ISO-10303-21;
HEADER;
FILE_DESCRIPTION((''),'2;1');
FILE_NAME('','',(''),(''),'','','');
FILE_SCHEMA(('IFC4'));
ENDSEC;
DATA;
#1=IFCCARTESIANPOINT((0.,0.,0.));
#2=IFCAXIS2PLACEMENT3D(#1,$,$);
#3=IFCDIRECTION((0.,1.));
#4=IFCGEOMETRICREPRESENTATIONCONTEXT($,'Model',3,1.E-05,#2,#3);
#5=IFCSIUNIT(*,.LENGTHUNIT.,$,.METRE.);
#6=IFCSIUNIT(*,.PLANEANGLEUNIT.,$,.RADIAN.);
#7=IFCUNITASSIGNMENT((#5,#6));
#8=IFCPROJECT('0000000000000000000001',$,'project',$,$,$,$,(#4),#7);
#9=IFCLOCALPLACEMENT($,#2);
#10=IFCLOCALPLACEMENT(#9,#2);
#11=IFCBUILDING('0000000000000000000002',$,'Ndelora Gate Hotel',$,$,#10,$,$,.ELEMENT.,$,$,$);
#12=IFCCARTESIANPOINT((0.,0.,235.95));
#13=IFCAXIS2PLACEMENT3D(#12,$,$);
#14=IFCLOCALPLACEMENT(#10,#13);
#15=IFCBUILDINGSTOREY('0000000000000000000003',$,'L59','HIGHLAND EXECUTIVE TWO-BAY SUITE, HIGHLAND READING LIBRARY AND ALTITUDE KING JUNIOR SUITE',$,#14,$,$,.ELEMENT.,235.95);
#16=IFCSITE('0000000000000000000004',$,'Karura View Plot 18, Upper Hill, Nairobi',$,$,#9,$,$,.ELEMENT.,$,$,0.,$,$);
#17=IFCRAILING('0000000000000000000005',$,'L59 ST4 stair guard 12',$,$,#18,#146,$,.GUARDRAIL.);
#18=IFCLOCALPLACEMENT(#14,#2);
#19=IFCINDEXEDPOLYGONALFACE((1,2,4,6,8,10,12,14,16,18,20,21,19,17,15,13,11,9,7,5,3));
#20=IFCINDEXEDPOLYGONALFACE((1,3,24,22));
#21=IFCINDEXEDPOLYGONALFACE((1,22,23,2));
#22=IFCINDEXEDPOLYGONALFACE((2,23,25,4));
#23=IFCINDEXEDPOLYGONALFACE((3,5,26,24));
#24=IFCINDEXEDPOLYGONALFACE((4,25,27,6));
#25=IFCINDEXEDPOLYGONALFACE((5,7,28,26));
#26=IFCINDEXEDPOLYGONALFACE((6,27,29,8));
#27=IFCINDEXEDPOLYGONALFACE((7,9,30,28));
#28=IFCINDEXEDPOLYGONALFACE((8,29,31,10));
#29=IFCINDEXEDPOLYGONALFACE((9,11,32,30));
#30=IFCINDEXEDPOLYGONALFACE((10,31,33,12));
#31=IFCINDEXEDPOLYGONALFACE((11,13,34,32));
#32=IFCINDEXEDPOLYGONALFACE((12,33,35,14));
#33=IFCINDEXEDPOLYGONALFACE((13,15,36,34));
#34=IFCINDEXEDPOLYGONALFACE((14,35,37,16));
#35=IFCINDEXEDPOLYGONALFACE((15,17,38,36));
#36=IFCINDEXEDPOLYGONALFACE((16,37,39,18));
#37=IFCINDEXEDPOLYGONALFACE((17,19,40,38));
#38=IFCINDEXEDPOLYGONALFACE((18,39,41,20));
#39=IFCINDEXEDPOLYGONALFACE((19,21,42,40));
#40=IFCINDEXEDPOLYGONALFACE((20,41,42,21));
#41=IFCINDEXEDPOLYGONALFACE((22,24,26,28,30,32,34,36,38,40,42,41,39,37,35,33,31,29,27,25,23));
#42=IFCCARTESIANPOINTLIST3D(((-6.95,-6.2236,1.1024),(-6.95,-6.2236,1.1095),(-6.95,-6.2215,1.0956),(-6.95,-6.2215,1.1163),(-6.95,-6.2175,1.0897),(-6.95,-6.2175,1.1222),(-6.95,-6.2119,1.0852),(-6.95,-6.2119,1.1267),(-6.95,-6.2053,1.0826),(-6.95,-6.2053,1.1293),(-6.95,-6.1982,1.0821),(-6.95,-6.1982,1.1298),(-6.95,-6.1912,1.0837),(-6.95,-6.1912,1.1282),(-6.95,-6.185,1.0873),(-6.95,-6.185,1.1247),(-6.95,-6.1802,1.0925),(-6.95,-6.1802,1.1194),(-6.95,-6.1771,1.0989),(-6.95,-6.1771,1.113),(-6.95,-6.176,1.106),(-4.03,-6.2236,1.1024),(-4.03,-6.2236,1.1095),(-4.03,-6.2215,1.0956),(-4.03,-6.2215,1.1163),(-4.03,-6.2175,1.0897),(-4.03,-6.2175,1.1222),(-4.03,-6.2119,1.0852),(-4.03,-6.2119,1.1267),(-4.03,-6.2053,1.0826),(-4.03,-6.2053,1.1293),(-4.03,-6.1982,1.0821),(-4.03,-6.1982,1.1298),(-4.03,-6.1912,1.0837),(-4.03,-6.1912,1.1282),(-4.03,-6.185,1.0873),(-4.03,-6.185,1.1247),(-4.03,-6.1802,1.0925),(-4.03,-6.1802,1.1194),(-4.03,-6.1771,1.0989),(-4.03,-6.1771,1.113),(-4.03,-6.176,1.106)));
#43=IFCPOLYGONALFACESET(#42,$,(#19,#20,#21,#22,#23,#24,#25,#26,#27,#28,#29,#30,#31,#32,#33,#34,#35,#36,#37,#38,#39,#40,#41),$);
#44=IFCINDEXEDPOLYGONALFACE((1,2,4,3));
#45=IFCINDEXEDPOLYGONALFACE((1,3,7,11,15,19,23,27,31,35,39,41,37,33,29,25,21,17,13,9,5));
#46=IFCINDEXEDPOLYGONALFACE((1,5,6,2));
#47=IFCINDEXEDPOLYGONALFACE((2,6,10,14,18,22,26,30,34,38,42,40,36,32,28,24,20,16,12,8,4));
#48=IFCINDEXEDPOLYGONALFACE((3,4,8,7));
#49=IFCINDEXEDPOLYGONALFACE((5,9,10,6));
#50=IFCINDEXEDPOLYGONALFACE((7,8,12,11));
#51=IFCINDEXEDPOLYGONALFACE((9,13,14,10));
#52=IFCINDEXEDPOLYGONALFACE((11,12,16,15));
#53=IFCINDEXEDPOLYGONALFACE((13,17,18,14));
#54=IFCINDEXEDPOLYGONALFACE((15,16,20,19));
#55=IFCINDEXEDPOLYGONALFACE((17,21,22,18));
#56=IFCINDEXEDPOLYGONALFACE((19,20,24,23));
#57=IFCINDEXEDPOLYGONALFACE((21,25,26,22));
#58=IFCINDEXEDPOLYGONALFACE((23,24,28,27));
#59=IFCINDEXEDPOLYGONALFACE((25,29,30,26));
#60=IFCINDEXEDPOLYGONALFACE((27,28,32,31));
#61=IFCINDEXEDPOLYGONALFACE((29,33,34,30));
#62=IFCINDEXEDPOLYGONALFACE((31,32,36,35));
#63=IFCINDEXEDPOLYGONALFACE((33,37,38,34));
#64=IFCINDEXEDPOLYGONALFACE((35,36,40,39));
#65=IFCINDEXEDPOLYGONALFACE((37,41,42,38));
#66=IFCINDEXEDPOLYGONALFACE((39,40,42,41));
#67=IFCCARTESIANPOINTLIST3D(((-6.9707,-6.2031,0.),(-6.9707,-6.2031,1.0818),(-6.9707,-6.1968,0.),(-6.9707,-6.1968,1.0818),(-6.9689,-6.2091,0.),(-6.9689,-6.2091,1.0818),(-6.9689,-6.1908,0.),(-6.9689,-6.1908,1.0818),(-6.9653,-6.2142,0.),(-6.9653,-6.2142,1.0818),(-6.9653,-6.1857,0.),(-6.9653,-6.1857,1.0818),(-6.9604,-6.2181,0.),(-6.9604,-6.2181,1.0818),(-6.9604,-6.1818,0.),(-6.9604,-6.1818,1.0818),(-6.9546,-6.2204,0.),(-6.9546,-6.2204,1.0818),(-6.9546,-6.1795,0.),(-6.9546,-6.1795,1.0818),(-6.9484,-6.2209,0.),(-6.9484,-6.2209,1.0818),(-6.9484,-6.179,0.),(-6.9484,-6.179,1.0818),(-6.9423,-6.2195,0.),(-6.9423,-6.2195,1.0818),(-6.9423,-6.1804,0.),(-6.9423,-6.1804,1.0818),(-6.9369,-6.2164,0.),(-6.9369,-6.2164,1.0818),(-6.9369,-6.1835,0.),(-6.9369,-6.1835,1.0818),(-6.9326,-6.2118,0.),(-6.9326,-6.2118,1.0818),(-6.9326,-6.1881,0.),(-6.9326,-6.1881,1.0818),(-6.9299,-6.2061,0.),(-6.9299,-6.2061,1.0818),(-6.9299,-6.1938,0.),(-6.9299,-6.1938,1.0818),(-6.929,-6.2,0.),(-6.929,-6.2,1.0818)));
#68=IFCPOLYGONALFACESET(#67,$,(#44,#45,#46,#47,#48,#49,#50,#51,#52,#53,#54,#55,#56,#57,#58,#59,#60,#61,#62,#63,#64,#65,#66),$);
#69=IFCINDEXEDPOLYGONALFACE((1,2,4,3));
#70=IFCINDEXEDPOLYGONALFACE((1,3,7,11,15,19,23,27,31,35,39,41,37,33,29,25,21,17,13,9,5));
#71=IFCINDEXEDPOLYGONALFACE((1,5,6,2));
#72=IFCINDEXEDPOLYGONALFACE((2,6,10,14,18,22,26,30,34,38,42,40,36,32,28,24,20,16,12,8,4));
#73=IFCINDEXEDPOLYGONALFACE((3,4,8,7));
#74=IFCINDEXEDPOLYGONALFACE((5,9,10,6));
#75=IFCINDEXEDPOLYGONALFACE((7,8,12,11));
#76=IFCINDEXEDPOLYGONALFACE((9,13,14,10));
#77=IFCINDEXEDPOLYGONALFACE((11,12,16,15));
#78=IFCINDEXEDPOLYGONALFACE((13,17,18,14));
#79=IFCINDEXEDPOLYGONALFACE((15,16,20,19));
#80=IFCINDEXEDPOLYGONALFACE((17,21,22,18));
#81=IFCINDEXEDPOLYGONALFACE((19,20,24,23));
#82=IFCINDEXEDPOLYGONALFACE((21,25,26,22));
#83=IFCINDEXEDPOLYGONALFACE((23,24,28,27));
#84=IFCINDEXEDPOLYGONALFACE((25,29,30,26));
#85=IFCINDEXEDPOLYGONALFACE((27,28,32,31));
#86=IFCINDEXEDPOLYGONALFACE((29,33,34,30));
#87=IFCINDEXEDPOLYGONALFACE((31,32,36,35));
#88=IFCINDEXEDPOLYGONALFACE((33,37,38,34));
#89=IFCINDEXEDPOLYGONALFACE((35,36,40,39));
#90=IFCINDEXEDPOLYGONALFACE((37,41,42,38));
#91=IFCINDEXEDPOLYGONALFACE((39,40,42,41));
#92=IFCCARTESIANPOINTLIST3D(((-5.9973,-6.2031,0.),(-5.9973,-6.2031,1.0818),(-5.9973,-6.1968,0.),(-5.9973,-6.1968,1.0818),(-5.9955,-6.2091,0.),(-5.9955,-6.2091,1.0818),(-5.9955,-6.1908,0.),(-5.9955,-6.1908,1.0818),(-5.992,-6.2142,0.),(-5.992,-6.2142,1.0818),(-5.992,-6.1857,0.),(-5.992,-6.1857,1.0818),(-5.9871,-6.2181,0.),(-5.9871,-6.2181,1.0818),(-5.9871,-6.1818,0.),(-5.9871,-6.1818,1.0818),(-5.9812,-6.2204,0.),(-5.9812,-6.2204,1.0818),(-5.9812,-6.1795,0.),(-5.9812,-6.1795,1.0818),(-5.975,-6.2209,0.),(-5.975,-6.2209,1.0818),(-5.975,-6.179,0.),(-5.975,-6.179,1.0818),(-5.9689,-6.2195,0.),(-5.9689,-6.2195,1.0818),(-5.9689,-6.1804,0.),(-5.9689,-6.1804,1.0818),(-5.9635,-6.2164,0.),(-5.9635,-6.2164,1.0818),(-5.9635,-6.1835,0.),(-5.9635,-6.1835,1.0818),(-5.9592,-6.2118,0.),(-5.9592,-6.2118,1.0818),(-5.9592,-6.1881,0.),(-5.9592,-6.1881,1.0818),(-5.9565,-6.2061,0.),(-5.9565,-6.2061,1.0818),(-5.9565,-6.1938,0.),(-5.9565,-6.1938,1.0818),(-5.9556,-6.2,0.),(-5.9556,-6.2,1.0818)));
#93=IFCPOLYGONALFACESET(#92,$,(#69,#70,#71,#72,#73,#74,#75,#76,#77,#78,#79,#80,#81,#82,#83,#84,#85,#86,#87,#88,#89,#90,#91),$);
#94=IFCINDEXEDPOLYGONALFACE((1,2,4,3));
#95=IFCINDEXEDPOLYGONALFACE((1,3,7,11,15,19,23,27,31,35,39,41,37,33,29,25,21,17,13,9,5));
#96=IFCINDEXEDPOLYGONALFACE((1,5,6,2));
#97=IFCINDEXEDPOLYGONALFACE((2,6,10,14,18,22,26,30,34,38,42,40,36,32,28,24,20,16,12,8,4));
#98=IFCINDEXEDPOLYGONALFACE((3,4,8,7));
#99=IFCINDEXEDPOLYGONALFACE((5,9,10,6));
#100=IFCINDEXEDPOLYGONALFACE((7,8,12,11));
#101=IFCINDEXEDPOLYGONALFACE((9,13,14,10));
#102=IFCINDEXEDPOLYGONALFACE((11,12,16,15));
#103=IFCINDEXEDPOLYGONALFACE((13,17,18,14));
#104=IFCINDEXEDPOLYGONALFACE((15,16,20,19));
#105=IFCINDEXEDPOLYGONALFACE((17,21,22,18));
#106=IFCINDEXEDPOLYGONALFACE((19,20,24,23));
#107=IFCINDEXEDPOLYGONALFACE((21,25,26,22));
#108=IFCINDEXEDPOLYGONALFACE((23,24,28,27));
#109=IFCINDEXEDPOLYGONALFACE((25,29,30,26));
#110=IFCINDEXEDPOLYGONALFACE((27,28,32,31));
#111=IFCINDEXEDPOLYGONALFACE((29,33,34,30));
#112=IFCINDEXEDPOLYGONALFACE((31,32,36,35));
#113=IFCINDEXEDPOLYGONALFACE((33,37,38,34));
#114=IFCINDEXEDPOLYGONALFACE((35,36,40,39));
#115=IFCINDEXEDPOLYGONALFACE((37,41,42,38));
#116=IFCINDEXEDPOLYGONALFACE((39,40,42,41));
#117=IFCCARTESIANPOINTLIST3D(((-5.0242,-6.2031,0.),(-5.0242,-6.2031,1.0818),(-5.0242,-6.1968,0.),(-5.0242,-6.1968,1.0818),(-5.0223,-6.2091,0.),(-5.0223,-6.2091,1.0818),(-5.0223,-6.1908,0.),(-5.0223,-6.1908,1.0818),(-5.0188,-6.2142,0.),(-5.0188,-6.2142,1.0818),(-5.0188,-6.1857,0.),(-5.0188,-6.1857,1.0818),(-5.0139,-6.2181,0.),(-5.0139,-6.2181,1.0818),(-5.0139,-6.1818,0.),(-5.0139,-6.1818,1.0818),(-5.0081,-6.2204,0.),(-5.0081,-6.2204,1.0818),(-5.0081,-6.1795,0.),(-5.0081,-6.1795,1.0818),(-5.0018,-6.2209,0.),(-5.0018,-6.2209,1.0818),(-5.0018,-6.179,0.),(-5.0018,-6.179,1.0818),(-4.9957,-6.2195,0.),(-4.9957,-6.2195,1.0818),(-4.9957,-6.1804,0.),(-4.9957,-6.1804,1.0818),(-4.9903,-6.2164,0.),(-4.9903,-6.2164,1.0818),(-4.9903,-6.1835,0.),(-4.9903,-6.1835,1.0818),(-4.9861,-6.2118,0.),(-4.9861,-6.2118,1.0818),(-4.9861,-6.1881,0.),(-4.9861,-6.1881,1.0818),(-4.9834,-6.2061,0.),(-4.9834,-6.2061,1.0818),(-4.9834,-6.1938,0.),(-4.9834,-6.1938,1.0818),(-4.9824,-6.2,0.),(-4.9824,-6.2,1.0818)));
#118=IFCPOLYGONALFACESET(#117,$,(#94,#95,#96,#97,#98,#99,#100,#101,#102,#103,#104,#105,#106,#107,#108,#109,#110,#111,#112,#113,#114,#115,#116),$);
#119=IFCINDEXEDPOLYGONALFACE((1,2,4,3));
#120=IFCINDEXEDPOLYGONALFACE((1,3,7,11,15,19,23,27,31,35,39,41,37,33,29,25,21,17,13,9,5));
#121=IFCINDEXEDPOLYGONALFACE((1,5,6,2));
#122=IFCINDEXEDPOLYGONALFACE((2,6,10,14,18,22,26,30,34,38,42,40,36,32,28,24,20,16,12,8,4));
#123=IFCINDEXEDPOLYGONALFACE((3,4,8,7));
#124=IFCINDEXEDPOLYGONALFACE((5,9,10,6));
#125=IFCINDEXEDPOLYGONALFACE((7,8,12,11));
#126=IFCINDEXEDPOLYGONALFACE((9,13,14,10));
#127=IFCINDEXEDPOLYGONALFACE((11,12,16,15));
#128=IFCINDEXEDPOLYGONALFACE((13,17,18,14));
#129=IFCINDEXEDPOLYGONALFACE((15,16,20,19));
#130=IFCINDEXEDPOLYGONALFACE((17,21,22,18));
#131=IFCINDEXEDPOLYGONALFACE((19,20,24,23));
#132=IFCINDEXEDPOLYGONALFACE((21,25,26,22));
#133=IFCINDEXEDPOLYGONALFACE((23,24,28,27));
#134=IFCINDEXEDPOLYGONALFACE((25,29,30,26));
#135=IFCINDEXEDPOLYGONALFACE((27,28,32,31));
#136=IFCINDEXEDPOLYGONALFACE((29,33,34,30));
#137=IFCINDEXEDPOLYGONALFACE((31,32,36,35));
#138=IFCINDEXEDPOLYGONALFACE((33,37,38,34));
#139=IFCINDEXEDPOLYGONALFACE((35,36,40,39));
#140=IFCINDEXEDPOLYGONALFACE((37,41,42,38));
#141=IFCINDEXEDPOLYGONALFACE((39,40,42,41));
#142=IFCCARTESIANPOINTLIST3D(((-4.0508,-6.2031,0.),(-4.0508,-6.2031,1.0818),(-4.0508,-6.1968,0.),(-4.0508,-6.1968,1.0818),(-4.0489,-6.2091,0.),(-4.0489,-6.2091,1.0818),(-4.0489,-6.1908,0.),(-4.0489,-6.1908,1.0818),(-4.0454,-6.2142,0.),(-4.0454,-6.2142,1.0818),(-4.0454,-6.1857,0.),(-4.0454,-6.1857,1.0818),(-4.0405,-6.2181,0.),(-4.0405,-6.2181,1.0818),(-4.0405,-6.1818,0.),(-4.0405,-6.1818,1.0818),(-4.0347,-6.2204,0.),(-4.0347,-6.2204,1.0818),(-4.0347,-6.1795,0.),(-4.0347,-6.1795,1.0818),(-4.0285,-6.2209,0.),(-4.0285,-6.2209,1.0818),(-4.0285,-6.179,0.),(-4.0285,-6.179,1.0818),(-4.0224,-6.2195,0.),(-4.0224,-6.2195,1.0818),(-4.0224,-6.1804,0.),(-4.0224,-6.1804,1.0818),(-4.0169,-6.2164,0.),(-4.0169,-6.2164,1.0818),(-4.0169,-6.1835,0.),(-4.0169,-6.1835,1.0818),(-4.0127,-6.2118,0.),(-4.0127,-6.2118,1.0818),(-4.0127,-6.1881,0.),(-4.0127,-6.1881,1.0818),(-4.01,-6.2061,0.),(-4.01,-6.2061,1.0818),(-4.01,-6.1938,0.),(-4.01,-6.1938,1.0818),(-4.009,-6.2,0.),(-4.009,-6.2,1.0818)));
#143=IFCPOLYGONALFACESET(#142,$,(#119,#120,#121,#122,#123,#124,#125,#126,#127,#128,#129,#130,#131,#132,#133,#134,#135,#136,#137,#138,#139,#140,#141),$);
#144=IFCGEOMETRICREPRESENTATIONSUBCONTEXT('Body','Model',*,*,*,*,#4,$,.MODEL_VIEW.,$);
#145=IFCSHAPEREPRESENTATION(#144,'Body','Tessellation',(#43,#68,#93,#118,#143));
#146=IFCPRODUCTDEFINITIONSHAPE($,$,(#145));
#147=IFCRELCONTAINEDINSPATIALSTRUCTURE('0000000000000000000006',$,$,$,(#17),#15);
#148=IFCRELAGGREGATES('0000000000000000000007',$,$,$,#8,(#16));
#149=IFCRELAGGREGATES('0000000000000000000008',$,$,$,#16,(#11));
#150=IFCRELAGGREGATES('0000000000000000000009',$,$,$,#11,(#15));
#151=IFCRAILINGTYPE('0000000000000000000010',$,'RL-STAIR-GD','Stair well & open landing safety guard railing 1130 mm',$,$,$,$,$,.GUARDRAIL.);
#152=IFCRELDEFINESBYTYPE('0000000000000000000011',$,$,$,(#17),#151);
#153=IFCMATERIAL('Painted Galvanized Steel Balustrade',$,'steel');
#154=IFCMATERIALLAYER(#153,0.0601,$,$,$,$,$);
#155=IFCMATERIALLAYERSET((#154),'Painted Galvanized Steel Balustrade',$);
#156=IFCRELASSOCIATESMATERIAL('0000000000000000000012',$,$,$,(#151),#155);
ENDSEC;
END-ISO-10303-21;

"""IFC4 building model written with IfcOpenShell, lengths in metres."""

from ifc_helpers import new_model, si_unit, direction, frame, origin, origin_2d, place, context, subcontext, project, spatial, circle, extrude, material, layer, layer_set, type_object, element, save


model = new_model("IFC4")

# Units and contexts
model_context = context("Model", 3, precision=1e-05, world=origin(), true_north=direction((0.0, 1.0)))
body_context = subcontext(model_context, "Body", "Model", "MODEL_VIEW")
ifc_project = project(units=[si_unit("LENGTHUNIT", "METRE"), si_unit("PLANEANGLEUNIT", "RADIAN")], contexts=[model_context])

# Site, building, storey
site_placement = place(None, origin())
site = spatial("IfcSite", under=ifc_project, at=site_placement, Name="Karura View Plot 18, Upper Hill, Nairobi", CompositionType="ELEMENT", RefElevation=0.0)
building_placement = place(site_placement, origin())
building = spatial("IfcBuilding", under=site, at=building_placement, Name="Ndelora Gate Hotel", CompositionType="ELEMENT")
storey_placement = place(building_placement, frame((0.0, 0.0, 235.95)))
storey = spatial("IfcBuildingStorey", under=building, at=storey_placement, Name="L59", Description="HIGHLAND EXECUTIVE TWO-BAY SUITE, HIGHLAND READING LIBRARY AND ALTITUDE KING JUNIOR SUITE", CompositionType="ELEMENT", Elevation=235.95)

# Railing
ifc_material_1 = material(Name="Painted Galvanized Steel Balustrade", Category="steel")
ifc_layer_1 = layer(ifc_material_1, 0.0601)
ifc_layer_set_1 = layer_set([ifc_layer_1], Name="Painted Galvanized Steel Balustrade")
railing_type = type_object("IfcRailingType", Name="RL-STAIR-GD", Description="Stair well & open landing safety guard railing 1130 mm", PredefinedType="GUARDRAIL", material=ifc_layer_set_1)
railing_1_placement = place(storey_placement, frame((-6.95, -6.2, 0.0)))
element("IfcRailing", 1, at=railing_1_placement, inside=storey, type_object=railing_type, Name="L59 ST4 stair guard 12", PredefinedType="GUARDRAIL", context=body_context, shape_type="SweptSolid", body=[
    extrude(circle(Radius=0.0239, at=origin_2d()), frame((0.0, 0.0, 1.106), z_axis=(1.0, 0.0, 0.0), x_axis=(0.0, 1.0, 0.0)), (0.0, 0.0, 1.0), 2.9199),
    extrude(circle(Radius=0.021, at=origin_2d()), origin(), (0.0, 0.0, 1.0), 1.0818),
    extrude(circle(Radius=0.021, at=origin_2d()), frame((0.9734, 0.0, 0.0)), (0.0, 0.0, 1.0), 1.0818),
    extrude(circle(Radius=0.021, at=origin_2d()), frame((1.9465, 0.0, 0.0)), (0.0, 0.0, 1.0), 1.0818),
    extrude(circle(Radius=0.021, at=origin_2d()), frame((2.9199, 0.0, 0.0)), (0.0, 0.0, 1.0), 1.0818),
])

save(model, "model.ifc")
